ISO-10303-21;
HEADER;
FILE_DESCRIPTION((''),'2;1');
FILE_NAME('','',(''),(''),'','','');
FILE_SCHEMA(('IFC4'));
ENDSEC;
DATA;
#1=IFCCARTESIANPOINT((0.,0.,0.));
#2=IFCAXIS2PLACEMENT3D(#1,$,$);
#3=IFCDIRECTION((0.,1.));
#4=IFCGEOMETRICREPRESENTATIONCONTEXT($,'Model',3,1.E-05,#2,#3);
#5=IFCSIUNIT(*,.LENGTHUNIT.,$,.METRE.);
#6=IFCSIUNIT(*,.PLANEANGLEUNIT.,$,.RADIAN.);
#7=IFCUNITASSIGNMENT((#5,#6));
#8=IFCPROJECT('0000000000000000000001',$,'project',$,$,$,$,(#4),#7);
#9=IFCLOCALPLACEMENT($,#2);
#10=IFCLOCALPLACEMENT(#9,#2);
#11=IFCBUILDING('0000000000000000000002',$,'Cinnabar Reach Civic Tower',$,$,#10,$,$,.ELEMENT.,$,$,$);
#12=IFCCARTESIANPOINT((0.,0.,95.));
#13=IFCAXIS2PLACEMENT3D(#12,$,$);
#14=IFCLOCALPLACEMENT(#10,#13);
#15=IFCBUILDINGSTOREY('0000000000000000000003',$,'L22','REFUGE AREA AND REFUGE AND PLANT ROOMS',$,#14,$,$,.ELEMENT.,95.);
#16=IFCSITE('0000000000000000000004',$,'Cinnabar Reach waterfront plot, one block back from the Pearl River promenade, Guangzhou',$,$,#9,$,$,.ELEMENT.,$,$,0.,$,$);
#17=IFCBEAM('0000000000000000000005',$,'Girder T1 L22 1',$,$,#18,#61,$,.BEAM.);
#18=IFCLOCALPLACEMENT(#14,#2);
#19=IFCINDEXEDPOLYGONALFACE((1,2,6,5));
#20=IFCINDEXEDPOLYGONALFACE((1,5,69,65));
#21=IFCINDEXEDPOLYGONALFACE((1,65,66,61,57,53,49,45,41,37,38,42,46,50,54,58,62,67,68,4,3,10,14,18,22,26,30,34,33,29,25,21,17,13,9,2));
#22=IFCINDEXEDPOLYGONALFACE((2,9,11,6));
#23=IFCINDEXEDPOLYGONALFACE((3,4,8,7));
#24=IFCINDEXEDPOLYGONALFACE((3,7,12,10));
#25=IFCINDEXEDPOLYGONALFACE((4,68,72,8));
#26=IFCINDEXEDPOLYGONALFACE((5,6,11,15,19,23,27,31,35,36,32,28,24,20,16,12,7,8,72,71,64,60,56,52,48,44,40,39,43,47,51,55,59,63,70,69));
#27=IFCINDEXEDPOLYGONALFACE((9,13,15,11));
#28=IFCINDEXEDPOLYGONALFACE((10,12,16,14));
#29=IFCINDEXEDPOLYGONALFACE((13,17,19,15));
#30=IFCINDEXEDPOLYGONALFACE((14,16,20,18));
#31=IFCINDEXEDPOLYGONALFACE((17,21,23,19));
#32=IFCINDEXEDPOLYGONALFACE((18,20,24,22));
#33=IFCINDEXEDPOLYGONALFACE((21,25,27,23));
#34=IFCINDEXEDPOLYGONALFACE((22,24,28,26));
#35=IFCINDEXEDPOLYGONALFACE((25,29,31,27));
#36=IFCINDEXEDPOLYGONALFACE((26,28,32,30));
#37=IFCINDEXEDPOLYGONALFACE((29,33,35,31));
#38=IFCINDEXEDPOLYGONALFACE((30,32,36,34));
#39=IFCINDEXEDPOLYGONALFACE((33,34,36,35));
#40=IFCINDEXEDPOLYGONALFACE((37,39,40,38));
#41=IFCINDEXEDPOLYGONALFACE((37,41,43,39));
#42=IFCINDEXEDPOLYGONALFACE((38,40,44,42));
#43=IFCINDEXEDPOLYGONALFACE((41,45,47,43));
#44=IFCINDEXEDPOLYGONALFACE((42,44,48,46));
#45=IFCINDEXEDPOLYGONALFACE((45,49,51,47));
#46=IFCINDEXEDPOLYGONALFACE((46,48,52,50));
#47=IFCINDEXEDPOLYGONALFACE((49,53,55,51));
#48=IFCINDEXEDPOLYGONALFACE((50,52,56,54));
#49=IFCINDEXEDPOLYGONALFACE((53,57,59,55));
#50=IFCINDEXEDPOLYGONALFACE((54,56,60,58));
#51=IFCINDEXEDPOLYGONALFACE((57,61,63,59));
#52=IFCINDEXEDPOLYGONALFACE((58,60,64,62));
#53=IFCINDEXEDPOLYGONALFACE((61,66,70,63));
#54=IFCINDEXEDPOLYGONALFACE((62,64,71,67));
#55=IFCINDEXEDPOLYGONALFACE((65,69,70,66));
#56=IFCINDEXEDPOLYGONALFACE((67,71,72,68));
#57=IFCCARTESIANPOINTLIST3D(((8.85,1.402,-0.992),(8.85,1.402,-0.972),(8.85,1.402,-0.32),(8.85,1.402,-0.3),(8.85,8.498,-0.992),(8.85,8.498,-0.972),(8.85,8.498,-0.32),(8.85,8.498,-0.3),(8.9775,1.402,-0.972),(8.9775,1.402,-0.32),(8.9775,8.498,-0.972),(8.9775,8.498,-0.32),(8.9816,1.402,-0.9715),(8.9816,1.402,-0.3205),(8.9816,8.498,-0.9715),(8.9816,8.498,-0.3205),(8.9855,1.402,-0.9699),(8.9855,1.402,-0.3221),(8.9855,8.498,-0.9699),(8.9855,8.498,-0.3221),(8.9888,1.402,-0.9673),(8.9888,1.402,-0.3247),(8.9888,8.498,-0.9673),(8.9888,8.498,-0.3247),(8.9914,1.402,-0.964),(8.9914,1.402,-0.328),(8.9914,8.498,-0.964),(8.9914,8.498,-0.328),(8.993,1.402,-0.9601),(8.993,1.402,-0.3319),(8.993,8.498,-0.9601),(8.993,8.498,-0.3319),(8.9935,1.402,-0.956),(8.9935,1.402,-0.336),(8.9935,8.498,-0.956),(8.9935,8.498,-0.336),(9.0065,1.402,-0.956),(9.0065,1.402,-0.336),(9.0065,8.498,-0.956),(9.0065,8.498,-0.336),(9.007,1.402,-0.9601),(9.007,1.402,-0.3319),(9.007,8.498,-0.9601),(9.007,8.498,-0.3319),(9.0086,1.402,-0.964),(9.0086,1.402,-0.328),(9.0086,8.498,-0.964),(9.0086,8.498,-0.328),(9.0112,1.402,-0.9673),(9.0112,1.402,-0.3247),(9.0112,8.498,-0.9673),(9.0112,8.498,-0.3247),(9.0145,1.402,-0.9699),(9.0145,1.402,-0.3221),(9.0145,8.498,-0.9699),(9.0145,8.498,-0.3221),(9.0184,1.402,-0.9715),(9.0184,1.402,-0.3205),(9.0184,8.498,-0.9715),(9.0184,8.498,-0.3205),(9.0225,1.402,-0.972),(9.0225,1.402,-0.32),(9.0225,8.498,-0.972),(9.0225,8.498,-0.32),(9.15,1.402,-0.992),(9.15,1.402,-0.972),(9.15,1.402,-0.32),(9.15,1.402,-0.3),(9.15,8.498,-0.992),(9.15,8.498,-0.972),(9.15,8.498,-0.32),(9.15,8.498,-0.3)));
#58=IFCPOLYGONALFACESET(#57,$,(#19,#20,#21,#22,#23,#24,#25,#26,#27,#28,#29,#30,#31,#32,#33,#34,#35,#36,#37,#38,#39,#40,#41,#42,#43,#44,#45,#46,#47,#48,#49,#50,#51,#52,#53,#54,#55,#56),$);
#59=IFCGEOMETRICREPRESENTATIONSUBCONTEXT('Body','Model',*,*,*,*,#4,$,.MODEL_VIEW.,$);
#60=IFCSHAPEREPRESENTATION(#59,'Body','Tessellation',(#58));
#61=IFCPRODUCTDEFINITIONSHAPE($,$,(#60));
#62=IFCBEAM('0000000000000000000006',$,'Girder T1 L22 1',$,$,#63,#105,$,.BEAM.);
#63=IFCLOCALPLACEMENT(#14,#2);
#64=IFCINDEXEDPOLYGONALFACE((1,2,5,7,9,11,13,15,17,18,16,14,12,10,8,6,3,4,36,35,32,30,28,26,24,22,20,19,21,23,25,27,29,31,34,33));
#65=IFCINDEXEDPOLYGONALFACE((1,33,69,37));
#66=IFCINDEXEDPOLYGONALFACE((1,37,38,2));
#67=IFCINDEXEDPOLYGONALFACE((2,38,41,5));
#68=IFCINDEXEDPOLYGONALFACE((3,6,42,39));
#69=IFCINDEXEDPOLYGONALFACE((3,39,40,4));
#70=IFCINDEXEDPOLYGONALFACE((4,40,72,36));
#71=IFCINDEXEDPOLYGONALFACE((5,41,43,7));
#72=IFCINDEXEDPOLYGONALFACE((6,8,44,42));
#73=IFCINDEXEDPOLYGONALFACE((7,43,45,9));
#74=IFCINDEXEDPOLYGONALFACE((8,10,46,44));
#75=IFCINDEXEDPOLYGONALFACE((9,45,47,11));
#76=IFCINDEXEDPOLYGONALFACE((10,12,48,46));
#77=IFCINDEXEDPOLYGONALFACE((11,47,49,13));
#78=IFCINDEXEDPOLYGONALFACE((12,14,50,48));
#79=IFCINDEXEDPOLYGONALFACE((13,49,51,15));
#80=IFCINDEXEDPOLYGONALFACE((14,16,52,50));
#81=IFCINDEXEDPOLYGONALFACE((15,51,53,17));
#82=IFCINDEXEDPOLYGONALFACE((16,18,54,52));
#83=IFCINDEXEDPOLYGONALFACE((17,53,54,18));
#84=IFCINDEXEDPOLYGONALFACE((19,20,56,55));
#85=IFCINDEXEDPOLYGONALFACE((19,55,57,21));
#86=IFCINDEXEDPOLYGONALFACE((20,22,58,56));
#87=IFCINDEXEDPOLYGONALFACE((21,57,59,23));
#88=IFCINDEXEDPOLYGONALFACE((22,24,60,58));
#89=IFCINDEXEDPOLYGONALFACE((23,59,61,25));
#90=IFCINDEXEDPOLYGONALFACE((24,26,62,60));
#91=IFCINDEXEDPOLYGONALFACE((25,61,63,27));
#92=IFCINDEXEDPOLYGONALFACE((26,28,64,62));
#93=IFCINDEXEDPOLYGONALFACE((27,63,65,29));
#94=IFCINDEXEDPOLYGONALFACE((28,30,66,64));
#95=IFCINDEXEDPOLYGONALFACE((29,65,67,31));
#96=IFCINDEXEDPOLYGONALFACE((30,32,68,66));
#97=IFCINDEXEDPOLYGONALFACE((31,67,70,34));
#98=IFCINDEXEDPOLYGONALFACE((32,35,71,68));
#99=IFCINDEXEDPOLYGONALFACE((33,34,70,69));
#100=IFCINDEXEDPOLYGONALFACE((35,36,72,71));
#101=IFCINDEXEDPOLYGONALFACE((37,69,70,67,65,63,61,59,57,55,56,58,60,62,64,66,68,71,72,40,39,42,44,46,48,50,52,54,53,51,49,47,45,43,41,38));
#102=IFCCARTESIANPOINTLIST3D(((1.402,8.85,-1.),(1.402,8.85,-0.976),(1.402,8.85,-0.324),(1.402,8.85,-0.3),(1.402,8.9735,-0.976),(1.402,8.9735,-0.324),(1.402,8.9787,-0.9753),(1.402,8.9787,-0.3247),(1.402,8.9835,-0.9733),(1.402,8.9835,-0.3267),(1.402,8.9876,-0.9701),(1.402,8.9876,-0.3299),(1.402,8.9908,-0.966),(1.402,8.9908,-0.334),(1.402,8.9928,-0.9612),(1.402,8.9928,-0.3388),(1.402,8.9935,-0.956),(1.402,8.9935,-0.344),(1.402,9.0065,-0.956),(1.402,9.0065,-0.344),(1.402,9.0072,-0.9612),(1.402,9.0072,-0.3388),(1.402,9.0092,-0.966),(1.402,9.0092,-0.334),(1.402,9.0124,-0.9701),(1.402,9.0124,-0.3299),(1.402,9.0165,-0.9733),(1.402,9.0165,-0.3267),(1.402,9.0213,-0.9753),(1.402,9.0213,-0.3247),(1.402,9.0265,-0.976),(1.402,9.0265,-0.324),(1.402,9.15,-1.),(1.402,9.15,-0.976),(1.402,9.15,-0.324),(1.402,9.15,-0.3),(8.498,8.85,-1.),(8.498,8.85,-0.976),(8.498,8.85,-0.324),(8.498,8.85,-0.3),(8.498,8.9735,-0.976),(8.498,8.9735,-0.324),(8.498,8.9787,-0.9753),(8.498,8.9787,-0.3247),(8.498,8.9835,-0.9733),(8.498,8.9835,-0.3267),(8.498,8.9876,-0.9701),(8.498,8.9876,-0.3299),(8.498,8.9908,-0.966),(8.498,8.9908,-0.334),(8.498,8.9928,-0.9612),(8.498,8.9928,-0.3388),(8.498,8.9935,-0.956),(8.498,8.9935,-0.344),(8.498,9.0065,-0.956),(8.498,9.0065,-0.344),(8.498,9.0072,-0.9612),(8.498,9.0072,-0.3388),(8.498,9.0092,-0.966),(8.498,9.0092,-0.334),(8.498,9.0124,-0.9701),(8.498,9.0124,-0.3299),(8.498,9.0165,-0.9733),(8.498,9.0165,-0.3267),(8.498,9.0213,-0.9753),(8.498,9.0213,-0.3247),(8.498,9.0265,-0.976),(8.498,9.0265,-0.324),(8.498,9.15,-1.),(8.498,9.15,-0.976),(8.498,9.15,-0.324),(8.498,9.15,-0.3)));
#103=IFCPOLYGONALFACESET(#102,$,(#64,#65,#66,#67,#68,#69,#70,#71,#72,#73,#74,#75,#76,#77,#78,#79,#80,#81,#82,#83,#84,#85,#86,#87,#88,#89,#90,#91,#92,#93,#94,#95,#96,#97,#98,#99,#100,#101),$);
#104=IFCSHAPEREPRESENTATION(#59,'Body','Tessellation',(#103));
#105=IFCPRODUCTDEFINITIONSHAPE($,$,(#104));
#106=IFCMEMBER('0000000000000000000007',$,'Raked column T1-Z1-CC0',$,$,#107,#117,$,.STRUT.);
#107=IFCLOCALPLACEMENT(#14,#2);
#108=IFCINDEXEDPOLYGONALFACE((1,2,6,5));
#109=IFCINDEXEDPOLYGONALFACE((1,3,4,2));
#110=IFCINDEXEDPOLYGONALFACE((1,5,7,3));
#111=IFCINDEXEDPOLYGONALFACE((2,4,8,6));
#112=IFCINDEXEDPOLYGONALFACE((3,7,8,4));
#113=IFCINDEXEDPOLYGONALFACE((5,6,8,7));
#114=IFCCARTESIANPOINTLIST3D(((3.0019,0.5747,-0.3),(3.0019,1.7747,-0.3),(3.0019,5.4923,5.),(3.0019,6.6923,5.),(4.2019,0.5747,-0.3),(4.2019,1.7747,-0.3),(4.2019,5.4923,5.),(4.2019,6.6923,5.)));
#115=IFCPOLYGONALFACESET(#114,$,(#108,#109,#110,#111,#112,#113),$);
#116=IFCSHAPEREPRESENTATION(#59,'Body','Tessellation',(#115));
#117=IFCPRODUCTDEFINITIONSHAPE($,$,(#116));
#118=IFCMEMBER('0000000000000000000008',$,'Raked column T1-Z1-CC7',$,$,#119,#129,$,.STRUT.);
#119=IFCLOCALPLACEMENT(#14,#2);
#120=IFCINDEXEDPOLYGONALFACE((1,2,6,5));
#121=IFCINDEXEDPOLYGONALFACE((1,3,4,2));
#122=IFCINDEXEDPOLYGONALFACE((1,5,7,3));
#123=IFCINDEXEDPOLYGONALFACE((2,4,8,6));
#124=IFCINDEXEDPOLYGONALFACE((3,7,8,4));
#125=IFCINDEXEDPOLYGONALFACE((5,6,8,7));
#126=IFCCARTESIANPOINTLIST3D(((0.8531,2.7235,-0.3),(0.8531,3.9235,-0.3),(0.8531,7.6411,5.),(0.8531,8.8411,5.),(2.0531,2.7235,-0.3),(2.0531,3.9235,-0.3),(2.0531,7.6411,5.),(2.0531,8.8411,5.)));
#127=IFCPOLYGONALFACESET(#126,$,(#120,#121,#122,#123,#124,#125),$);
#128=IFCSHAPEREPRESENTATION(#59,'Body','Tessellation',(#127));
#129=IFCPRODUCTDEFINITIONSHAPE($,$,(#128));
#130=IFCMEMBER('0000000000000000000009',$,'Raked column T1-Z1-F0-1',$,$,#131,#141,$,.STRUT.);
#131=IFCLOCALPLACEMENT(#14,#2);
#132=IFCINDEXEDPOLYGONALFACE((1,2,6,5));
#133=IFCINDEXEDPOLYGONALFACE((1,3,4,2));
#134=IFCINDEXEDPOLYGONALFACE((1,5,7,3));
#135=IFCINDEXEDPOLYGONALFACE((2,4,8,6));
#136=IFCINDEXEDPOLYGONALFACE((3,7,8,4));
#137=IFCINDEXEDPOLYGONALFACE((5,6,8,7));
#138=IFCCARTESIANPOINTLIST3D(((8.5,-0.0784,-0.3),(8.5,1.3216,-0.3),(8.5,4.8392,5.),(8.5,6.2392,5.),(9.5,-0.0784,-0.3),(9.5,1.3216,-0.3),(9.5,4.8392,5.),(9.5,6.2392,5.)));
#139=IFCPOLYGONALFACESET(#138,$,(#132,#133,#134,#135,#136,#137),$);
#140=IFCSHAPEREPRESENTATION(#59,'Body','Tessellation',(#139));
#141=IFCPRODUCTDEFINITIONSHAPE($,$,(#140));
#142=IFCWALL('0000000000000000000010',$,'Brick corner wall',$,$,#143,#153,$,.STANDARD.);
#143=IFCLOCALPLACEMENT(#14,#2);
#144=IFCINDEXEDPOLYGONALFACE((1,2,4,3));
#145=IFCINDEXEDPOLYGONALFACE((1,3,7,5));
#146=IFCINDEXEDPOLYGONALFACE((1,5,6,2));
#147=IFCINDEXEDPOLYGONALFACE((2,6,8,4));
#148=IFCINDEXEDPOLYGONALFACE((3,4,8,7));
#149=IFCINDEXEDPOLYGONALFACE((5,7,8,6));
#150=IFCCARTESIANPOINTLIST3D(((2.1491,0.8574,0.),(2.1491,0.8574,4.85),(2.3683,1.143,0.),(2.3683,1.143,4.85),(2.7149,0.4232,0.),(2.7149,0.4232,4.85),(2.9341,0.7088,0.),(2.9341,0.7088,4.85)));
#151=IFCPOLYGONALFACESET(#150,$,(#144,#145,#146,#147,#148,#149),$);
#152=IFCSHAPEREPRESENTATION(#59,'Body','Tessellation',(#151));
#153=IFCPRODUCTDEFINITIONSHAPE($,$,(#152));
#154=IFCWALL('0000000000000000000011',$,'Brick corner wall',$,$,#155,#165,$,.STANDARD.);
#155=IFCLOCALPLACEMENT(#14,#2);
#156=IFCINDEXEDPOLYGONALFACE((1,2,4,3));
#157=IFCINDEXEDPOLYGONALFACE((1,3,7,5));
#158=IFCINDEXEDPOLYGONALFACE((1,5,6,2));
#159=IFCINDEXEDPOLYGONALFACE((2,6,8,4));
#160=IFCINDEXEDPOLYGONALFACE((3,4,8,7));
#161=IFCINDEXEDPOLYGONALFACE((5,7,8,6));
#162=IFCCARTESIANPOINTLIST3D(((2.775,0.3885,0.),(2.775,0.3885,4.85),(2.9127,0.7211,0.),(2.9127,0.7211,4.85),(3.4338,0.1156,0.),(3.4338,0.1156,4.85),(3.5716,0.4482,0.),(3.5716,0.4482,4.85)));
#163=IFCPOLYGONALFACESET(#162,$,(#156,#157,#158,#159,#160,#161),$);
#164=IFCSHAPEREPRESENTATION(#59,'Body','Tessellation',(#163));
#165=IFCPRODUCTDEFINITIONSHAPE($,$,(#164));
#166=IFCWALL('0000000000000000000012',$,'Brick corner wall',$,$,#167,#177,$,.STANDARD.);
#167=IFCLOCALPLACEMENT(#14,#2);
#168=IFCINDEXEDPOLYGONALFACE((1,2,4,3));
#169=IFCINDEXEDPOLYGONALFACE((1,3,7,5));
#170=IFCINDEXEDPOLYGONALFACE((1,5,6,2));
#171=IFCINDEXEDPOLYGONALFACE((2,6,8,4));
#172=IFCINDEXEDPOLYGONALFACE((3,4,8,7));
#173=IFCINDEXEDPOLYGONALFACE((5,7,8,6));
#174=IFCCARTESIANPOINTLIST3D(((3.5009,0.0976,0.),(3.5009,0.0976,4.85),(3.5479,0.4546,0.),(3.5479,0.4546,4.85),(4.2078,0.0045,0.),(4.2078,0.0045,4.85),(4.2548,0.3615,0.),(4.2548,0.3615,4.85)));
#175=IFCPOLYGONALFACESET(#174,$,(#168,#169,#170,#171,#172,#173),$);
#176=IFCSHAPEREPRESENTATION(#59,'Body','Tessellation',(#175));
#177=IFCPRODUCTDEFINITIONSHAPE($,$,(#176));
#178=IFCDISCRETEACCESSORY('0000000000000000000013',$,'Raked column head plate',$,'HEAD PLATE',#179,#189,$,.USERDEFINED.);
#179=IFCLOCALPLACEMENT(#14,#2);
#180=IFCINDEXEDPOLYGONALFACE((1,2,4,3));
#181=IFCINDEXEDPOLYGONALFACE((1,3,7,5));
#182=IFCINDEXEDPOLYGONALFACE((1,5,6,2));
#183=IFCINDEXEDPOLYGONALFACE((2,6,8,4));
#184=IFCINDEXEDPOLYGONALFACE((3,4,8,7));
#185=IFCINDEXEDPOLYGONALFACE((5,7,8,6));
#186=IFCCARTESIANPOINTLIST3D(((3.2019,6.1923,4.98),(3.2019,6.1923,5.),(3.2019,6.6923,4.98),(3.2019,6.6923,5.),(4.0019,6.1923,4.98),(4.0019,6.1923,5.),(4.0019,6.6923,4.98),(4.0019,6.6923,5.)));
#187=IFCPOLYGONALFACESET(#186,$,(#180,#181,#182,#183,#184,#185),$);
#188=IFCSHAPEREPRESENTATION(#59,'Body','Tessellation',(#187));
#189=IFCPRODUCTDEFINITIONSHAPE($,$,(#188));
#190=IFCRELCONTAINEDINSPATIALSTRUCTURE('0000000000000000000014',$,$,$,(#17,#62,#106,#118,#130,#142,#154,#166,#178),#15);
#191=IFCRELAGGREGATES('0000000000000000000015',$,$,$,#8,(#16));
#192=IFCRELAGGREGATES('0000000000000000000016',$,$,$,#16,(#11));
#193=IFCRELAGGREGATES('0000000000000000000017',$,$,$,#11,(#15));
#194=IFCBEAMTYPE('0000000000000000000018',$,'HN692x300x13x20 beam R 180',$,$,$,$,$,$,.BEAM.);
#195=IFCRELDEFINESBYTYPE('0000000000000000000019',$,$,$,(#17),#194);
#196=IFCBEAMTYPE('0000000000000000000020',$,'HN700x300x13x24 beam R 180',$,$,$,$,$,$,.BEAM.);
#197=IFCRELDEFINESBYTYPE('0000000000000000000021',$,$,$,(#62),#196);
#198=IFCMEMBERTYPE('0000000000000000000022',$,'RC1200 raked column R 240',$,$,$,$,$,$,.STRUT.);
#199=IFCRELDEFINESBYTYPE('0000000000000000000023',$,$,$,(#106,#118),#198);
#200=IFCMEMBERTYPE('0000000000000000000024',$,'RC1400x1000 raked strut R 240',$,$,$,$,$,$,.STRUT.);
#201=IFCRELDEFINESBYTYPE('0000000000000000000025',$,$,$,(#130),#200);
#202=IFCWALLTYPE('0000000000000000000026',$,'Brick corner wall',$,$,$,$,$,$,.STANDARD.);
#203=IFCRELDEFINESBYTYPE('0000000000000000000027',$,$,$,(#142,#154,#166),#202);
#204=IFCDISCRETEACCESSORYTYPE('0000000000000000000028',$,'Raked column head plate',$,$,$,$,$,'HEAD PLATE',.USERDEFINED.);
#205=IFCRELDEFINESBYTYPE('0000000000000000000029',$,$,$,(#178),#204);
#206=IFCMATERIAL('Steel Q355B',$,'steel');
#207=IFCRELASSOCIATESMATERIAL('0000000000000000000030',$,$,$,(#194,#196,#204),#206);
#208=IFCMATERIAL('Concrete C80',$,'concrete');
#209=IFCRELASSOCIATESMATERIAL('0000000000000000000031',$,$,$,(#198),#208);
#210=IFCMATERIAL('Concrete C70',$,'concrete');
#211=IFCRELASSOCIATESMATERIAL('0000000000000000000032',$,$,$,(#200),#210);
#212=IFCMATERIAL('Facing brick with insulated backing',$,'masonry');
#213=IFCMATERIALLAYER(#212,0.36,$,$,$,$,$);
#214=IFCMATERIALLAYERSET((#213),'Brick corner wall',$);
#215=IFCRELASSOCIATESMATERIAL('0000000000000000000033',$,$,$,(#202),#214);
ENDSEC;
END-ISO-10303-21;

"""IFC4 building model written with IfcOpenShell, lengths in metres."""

from ifc_helpers import new_model, si_unit, direction, frame, frame_2d, origin, origin_2d, place, context, subcontext, project, spatial, rectangle, i_section, extrude, material, layer, layer_set, material_profile, profile_set, type_object, element, save


model = new_model("IFC4")

# Units and contexts
model_context = context("Model", 3, precision=1e-05, world=origin(), true_north=direction((0.0, 1.0)))
body_context = subcontext(model_context, "Body", "Model", "MODEL_VIEW")
ifc_project = project(units=[si_unit("LENGTHUNIT", "METRE"), si_unit("PLANEANGLEUNIT", "RADIAN")], contexts=[model_context])

# Site, building, storey
site_placement = place(None, origin())
site = spatial("IfcSite", under=ifc_project, at=site_placement, Name="Cinnabar Reach waterfront plot, one block back from the Pearl River promenade, Guangzhou", CompositionType="ELEMENT", RefElevation=0.0)
building_placement = place(site_placement, origin())
building = spatial("IfcBuilding", under=site, at=building_placement, Name="Cinnabar Reach Civic Tower", CompositionType="ELEMENT")
storey_placement = place(building_placement, frame((0.0, 0.0, 95.0)))
storey = spatial("IfcBuildingStorey", under=building, at=storey_placement, Name="L22", Description="REFUGE AREA AND REFUGE AND PLANT ROOMS", CompositionType="ELEMENT", Elevation=95.0)

# Shared definitions
ifc_material_1 = material(Name="Concrete C70", Category="concrete")
ifc_material_2 = material(Name="Concrete C80", Category="concrete")

# Beams
ifc_material_3 = material(Name="Steel Q355B", Category="steel")
ifc_material_profile_1 = material_profile(ifc_material_3, i_section(OverallWidth=0.3, OverallDepth=0.692, WebThickness=0.013, FlangeThickness=0.02, FilletRadius=0.016, at=origin_2d()), Name="HN692x300x13x20")
ifc_profile_set_1 = profile_set([ifc_material_profile_1], Name="Steel Q355B")
beam_type_1 = type_object("IfcBeamType", Name="HN692x300x13x20 beam R 180", PredefinedType="BEAM", material=ifc_profile_set_1)
beam_1_placement = place(storey_placement, frame((9.0, 1.402, -0.646), z_axis=(0.0, 1.0, 0.0), x_axis=(-1.0, 0.0, 0.0)))
element("IfcBeam", 1, at=beam_1_placement, inside=storey, type_object=beam_type_1, Name="Girder T1 L22 1", PredefinedType="BEAM", context=body_context, shape_type="SweptSolid", body=[
    extrude(i_section(OverallWidth=0.3, OverallDepth=0.692, WebThickness=0.013, FlangeThickness=0.02, FilletRadius=0.016, at=origin_2d()), origin(), (0.0, 0.0, 1.0), 7.096),
])
ifc_material_profile_2 = material_profile(ifc_material_3, i_section(OverallWidth=0.3, OverallDepth=0.7, WebThickness=0.013, FlangeThickness=0.024, FilletRadius=0.02, at=origin_2d()), Name="HN700x300x13x24")
ifc_profile_set_2 = profile_set([ifc_material_profile_2], Name="Steel Q355B")
beam_type_2 = type_object("IfcBeamType", Name="HN700x300x13x24 beam R 180", PredefinedType="BEAM", material=ifc_profile_set_2)
beam_2_placement = place(storey_placement, frame((1.402, 9.0, -0.65), z_axis=(1.0, 0.0, 0.0), x_axis=(0.0, 1.0, 0.0)))
element("IfcBeam", 2, at=beam_2_placement, inside=storey, type_object=beam_type_2, Name="Girder T1 L22 1", PredefinedType="BEAM", context=body_context, shape_type="SweptSolid", body=[
    extrude(i_section(OverallWidth=0.3, OverallDepth=0.7, WebThickness=0.013, FlangeThickness=0.024, FilletRadius=0.02, at=origin_2d()), origin(), (0.0, 0.0, 1.0), 7.096),
])

# Members
ifc_material_profile_3 = material_profile(ifc_material_2, rectangle(XDim=1.2, YDim=1.2, at=origin_2d()), Name="RC1200")
ifc_profile_set_3 = profile_set([ifc_material_profile_3], Name="Concrete C80")
member_type_1 = type_object("IfcMemberType", Name="RC1200 raked column R 240", PredefinedType="STRUT", material=ifc_profile_set_3)
for number, where, z_axis, x_axis, name in (
    (3, (3.6019, 1.1747, -0.3), (0.0, 0.0, 1.0), (1.0, 0.0, 0.0), "Raked column T1-Z1-CC0"),
    (4, (1.4531, 3.3235, -0.3), (0.0, 0.0, 1.0), (1.0, 0.0, 0.0), "Raked column T1-Z1-CC7"),
):
    element("IfcMember", number, at=place(storey_placement, frame(where, z_axis=z_axis, x_axis=x_axis)), inside=storey, type_object=member_type_1, Name=name, PredefinedType="STRUT", context=body_context, shape_type="SweptSolid", body=[
        extrude(rectangle(XDim=1.2, YDim=1.2, at=origin_2d()), origin(), (0.0, 0.680167, 0.733057), 7.23),
    ])
ifc_material_profile_4 = material_profile(ifc_material_1, rectangle(XDim=1.4, YDim=1.0, at=origin_2d()), Name="RC1400x1000")
ifc_profile_set_4 = profile_set([ifc_material_profile_4], Name="Concrete C70")
member_type_2 = type_object("IfcMemberType", Name="RC1400x1000 raked strut R 240", PredefinedType="STRUT", material=ifc_profile_set_4)
member_placement = place(storey_placement, frame((9.0, 0.6216, -0.3), z_axis=(0.0, 0.0, 1.0), x_axis=(0.0, 1.0, 0.0)))
element("IfcMember", 5, at=member_placement, inside=storey, type_object=member_type_2, Name="Raked column T1-Z1-F0-1", PredefinedType="STRUT", context=body_context, shape_type="SweptSolid", body=[
    extrude(rectangle(XDim=1.4, YDim=1.0, at=origin_2d()), origin(), (0.680167, 0.0, 0.733057), 7.23),
])

# Walls
ifc_material_4 = material(Name="Facing brick with insulated backing", Category="masonry")
ifc_layer_1 = layer(ifc_material_4, 0.36)
ifc_layer_set_1 = layer_set([ifc_layer_1], Name="Brick corner wall")
wall_type_1 = type_object("IfcWallType", Name="Brick corner wall", PredefinedType="STANDARD", material=ifc_layer_set_1)
wall_1_placement = place(storey_placement, frame((2.2587, 1.0002, 0.0), z_axis=(0.0, 0.0, 1.0), x_axis=(0.793322, -0.608802, 0.0)))
element("IfcWall", 6, at=wall_1_placement, inside=storey, type_object=wall_type_1, Name="Brick corner wall", PredefinedType="STANDARD", context=body_context, shape_type="SweptSolid", body=[
    extrude(rectangle(XDim=0.7132, YDim=0.36, at=frame_2d((0.3566, 0.0))), origin(), (0.0, 0.0, 1.0), 4.85),
])
for number, where, z_axis, x_axis, name in (
    (7, (2.8439, 0.5548, 0.0), (0.0, 0.0, 1.0), (0.923872, -0.382703, 0.0), "Brick corner wall"),
    (8, (3.5244, 0.2761, 0.0), (0.0, 0.0, 1.0), (0.991441, -0.130556, 0.0), "Brick corner wall"),
):
    element("IfcWall", number, at=place(storey_placement, frame(where, z_axis=z_axis, x_axis=x_axis)), inside=storey, type_object=wall_type_1, Name=name, PredefinedType="STANDARD", context=body_context, shape_type="SweptSolid", body=[
        extrude(rectangle(XDim=0.7131, YDim=0.36, at=frame_2d((0.3565, 0.0))), origin(), (0.0, 0.0, 1.0), 4.85),
    ])

# Discrete accessory
discrete_accessory_type = type_object("IfcDiscreteAccessoryType", Name="Raked column head plate", ElementType="HEAD PLATE", PredefinedType="USERDEFINED", material=ifc_material_3)
for number, where, z_axis, x_axis, name in (
    (9, (3.6019, 6.4423, 4.98), (0.0, 0.0, 1.0), (0.0, 1.0, 0.0), "Raked column head plate"),
):
    element("IfcDiscreteAccessory", number, at=place(storey_placement, frame(where, z_axis=z_axis, x_axis=x_axis)), inside=storey, type_object=discrete_accessory_type, Name=name, ObjectType="HEAD PLATE", PredefinedType="USERDEFINED", context=body_context, shape_type="SweptSolid", body=[
        extrude(rectangle(XDim=0.5, YDim=0.8, at=origin_2d()), origin(), (0.0, 0.0, 1.0), 0.02),
    ])

save(model, "model.ifc")
